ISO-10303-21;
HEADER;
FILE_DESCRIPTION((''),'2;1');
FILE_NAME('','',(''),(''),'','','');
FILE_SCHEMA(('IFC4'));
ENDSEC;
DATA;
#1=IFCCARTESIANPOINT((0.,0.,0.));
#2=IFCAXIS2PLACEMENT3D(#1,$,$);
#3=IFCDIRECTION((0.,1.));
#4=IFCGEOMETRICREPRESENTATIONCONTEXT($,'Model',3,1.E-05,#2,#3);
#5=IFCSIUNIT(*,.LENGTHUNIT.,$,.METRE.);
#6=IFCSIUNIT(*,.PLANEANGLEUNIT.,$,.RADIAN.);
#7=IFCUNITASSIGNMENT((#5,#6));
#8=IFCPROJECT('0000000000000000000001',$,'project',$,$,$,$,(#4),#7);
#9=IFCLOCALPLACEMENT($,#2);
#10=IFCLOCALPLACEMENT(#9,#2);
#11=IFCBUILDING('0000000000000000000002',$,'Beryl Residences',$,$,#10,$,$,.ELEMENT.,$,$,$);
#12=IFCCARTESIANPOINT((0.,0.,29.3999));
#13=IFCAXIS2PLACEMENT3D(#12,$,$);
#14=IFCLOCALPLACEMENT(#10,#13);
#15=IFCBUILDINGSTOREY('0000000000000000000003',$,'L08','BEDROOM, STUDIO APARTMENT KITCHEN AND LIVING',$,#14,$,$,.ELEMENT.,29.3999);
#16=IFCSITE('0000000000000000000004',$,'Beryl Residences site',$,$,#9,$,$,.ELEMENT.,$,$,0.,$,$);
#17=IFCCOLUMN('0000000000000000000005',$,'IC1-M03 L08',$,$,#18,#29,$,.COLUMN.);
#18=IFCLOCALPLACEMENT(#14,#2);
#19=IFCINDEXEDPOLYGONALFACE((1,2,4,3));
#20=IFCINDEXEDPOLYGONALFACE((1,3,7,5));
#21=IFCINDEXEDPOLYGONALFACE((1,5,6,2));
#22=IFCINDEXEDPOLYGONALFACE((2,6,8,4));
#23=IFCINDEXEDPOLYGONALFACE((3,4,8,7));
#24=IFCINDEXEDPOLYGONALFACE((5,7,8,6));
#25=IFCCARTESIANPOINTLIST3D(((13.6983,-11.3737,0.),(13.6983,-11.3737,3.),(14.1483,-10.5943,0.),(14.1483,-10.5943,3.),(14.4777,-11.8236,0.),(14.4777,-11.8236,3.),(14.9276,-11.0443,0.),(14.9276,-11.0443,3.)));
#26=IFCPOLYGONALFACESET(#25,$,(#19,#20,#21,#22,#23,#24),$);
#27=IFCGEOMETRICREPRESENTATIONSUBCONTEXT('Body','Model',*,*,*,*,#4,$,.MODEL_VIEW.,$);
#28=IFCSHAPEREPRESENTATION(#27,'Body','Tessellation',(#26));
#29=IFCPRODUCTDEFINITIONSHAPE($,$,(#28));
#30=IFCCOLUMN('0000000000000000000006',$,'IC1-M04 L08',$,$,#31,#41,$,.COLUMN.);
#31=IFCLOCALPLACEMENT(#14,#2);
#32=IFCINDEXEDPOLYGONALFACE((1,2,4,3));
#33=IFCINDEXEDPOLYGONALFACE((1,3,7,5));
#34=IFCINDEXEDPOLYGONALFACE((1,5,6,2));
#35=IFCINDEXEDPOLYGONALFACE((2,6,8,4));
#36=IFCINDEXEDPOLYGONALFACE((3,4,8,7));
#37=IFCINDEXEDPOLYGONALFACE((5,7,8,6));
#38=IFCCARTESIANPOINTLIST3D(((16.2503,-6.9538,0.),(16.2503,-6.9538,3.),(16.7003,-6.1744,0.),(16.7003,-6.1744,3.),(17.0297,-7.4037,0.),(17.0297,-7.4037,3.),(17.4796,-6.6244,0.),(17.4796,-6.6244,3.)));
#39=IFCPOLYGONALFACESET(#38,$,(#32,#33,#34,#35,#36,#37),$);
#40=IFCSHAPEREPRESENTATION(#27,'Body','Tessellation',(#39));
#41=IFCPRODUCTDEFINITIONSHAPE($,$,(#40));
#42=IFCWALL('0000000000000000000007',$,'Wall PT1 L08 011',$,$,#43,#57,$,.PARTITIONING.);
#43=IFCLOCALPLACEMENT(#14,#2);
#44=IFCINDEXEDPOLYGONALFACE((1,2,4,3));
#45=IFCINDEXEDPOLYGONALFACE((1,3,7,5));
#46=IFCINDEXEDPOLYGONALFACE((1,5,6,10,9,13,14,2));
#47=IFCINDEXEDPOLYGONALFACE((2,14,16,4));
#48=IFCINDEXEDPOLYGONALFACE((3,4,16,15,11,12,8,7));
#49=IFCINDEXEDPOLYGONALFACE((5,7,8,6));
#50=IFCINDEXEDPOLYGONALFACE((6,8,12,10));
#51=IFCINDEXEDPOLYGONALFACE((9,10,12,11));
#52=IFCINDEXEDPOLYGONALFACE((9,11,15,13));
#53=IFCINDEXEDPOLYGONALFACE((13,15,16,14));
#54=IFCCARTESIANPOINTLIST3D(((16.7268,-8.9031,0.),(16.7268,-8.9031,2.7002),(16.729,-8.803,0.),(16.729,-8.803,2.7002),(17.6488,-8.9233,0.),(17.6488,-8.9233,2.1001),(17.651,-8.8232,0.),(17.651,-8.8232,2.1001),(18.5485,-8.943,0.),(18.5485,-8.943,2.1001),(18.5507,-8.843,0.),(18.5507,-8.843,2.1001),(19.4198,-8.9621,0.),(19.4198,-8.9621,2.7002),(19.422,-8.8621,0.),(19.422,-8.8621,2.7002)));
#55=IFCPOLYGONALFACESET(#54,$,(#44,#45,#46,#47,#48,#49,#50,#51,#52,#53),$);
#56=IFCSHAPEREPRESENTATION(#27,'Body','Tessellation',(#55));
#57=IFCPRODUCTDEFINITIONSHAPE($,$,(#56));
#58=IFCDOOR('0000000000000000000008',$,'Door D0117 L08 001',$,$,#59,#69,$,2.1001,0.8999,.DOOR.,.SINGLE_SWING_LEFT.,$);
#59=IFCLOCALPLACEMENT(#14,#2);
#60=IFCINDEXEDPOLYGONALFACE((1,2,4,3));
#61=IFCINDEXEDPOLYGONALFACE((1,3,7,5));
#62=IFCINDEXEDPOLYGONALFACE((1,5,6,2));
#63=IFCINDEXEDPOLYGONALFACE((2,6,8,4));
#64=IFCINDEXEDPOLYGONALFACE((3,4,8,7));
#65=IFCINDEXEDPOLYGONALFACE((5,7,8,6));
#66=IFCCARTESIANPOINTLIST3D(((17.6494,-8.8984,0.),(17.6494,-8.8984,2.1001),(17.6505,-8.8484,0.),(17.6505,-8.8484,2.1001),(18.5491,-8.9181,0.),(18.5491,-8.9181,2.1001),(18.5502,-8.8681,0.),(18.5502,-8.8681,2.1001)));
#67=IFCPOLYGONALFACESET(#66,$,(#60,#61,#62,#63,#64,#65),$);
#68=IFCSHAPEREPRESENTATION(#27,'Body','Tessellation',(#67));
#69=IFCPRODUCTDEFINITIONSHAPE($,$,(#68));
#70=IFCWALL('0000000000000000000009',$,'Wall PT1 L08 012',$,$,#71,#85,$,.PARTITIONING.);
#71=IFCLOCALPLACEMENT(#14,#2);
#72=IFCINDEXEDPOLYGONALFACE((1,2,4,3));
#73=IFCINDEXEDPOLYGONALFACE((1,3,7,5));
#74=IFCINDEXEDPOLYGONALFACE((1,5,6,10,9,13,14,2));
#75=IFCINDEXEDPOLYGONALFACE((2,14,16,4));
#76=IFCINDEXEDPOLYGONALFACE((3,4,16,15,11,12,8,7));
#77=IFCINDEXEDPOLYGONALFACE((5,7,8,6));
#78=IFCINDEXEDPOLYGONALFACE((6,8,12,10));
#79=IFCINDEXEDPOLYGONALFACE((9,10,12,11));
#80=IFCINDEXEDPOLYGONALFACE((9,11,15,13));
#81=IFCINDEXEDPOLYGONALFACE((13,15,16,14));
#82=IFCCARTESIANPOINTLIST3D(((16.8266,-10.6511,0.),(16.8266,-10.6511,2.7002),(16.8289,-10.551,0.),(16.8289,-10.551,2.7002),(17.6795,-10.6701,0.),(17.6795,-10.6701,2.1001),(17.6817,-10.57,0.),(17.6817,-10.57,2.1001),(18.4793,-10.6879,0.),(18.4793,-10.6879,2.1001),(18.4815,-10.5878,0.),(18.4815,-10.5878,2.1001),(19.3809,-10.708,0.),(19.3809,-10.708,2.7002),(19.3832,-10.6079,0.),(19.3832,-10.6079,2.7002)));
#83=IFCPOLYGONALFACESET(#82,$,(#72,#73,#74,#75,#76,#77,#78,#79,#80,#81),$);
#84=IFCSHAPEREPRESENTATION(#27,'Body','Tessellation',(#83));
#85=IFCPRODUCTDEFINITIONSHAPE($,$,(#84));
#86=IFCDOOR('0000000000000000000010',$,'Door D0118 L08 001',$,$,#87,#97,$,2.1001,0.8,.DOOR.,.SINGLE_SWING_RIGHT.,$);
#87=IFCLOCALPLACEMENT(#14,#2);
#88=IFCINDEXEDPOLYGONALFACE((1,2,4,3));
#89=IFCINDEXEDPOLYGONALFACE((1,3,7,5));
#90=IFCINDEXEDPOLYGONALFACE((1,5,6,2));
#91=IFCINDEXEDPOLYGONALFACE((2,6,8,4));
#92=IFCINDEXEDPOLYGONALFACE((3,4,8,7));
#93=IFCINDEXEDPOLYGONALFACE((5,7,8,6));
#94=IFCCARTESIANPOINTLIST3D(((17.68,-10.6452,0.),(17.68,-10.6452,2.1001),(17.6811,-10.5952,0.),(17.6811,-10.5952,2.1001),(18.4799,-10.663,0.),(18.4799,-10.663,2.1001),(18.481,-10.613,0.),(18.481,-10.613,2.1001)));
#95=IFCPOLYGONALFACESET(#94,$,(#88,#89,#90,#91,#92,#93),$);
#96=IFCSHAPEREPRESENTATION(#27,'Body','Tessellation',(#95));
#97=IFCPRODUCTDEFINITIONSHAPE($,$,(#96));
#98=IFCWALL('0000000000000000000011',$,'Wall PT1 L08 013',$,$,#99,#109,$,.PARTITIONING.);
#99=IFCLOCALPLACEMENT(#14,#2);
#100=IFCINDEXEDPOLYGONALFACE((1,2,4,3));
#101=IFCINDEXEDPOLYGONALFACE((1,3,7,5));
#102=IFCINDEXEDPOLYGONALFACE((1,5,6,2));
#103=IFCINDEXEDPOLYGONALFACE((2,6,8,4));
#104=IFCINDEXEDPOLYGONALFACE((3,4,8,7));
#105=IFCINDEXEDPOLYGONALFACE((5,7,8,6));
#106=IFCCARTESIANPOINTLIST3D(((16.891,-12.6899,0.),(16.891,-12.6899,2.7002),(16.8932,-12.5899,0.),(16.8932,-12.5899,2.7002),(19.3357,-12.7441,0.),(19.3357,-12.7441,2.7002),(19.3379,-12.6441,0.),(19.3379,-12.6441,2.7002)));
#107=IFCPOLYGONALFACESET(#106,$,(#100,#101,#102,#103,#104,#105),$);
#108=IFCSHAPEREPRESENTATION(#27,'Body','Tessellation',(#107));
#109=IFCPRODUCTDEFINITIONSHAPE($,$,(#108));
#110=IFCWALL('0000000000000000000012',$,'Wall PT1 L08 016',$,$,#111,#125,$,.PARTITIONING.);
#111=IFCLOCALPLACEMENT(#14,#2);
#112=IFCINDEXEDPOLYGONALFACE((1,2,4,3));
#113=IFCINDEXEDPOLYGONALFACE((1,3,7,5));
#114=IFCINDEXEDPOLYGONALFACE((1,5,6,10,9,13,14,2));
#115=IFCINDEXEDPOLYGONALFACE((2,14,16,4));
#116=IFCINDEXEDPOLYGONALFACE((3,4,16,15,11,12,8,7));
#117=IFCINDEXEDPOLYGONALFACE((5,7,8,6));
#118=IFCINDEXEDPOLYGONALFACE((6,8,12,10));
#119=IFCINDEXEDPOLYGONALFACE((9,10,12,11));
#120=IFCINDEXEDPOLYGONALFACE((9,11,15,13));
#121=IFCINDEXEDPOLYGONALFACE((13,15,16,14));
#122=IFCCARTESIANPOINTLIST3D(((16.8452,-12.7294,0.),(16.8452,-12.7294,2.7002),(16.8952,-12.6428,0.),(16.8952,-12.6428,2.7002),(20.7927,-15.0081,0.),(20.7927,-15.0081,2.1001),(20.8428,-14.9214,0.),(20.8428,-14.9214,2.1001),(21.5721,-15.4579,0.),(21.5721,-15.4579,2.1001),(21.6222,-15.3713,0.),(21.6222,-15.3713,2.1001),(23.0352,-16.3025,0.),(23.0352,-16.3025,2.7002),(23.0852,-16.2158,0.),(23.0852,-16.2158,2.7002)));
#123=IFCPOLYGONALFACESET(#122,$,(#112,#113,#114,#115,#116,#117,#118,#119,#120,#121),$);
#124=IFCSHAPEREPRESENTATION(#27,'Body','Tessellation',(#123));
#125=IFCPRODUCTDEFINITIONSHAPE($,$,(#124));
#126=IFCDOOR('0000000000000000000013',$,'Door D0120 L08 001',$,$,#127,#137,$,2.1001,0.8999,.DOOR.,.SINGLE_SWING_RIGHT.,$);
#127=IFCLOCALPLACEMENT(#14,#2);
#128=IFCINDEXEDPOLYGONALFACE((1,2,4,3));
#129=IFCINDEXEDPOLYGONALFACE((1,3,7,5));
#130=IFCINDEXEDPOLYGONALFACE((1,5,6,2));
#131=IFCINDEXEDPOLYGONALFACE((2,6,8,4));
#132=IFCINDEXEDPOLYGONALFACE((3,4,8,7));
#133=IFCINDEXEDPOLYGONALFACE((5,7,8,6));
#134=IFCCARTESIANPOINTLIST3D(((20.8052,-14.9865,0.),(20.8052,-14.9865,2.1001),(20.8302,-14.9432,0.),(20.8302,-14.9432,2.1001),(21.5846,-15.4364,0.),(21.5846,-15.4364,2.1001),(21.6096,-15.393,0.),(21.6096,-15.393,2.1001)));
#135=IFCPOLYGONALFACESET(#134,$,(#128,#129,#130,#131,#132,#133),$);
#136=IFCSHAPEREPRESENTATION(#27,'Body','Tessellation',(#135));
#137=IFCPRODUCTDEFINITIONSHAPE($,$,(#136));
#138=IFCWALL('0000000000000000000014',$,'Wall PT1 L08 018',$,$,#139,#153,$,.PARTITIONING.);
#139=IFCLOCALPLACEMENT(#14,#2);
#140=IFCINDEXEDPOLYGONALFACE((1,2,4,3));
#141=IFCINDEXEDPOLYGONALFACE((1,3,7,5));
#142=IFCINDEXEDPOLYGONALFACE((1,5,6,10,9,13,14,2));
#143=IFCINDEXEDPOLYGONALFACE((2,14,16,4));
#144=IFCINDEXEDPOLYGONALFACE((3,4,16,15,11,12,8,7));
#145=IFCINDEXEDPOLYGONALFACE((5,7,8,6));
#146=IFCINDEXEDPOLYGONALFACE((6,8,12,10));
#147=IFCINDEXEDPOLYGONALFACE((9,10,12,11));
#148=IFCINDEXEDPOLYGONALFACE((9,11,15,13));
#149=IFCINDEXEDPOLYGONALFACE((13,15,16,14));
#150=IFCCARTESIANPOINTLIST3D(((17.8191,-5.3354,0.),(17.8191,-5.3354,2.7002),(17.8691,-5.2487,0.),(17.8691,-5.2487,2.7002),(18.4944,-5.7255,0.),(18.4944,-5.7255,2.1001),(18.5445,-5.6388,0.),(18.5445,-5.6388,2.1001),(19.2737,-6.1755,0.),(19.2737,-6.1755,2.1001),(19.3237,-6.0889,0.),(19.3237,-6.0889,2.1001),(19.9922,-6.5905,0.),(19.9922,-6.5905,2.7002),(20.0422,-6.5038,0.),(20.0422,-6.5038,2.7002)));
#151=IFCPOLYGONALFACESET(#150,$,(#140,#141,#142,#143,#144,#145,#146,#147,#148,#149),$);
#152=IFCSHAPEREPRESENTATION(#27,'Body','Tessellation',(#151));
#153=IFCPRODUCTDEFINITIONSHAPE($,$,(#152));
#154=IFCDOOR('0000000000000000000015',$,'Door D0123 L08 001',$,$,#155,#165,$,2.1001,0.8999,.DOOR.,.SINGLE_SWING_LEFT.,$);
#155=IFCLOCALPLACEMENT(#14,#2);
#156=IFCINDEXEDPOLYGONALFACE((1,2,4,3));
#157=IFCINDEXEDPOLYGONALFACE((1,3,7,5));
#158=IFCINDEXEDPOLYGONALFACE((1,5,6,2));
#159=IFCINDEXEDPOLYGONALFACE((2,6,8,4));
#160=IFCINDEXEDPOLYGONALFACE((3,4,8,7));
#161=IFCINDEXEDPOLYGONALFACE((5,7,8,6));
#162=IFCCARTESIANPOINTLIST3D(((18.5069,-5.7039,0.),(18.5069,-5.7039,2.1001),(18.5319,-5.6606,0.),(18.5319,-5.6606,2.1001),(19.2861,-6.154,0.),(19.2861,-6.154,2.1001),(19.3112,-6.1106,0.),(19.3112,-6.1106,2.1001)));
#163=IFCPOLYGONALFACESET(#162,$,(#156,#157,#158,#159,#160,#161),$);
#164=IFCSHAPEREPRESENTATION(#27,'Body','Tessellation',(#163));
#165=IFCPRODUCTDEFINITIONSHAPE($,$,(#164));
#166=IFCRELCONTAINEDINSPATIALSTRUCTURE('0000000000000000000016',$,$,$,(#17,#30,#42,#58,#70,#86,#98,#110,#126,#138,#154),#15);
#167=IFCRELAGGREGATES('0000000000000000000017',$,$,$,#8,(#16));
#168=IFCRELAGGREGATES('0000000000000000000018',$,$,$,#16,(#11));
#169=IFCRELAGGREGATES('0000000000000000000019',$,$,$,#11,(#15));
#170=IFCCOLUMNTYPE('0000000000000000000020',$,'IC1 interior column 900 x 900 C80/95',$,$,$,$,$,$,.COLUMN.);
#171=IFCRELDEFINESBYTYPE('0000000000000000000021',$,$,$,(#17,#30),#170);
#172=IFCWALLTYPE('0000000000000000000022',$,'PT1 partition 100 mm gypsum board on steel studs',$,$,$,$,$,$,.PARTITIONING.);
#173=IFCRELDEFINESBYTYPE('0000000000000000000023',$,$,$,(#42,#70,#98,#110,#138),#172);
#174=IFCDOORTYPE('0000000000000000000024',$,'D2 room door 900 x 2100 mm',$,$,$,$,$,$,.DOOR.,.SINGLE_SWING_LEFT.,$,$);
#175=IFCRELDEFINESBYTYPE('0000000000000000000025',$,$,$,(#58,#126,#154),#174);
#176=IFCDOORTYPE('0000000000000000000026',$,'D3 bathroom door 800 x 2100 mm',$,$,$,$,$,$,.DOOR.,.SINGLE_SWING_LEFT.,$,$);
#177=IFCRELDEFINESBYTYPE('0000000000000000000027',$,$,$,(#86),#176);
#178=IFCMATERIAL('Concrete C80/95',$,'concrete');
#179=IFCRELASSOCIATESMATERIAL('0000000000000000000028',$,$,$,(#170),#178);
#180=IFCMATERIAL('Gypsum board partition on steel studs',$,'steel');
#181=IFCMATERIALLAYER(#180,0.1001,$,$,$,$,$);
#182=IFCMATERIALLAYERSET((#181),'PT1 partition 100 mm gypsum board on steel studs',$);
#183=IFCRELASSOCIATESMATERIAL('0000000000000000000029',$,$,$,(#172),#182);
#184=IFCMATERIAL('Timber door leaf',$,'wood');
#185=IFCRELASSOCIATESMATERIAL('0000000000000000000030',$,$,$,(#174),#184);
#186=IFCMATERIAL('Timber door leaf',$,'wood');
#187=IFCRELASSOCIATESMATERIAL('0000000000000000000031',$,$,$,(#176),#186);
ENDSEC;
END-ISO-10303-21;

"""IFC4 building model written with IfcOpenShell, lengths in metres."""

from ifc_helpers import new_model, si_unit, direction, frame, frame_2d, origin, origin_2d, place, context, subcontext, project, spatial, rectangle, extrude, material, layer, layer_set, material_profile, profile_set, type_object, element, fill, save


model = new_model("IFC4")

# Units and contexts
model_context = context("Model", 3, precision=1e-05, world=origin(), true_north=direction((0.0, 1.0)))
body_context = subcontext(model_context, "Body", "Model", "MODEL_VIEW")
ifc_project = project(units=[si_unit("LENGTHUNIT", "METRE"), si_unit("PLANEANGLEUNIT", "RADIAN")], contexts=[model_context])

# Site, building, storey
site_placement = place(None, origin())
site = spatial("IfcSite", under=ifc_project, at=site_placement, Name="Beryl Residences site", CompositionType="ELEMENT", RefElevation=0.0)
building_placement = place(site_placement, origin())
building = spatial("IfcBuilding", under=site, at=building_placement, Name="Beryl Residences", CompositionType="ELEMENT")
storey_placement = place(building_placement, frame((0.0, 0.0, 29.3999)))
storey = spatial("IfcBuildingStorey", under=building, at=storey_placement, Name="L08", Description="BEDROOM, STUDIO APARTMENT KITCHEN AND LIVING", CompositionType="ELEMENT", Elevation=29.3999)

# Columns
ifc_material_1 = material(Name="Concrete C80/95", Category="concrete")
ifc_material_profile = material_profile(ifc_material_1, rectangle(XDim=0.8999, YDim=0.8999, at=origin_2d()))
ifc_profile_set = profile_set([ifc_material_profile], Name="Concrete C80/95")
column_type = type_object("IfcColumnType", Name="IC1 interior column 900 x 900 C80/95", PredefinedType="COLUMN", material=ifc_profile_set)
for number, where, z_axis, x_axis, name in (
    (1, (14.313, -11.209, 0.0), (0.0, 0.0, 1.0), (0.499985, 0.866034, 0.0), "IC1-M03 L08"),
    (2, (16.865, -6.7891, 0.0), (0.0, 0.0, 1.0), (0.499985, 0.866034, 0.0), "IC1-M04 L08"),
):
    element("IfcColumn", number, at=place(storey_placement, frame(where, z_axis=z_axis, x_axis=x_axis)), inside=storey, type_object=column_type, Name=name, PredefinedType="COLUMN", context=body_context, shape_type="SweptSolid", body=[
        extrude(rectangle(XDim=0.8999, YDim=0.8999, at=origin_2d()), origin(), (0.0, 0.0, 1.0), 3.0),
    ])

# Walls, openings, doors
ifc_material_2 = material(Name="Gypsum board partition on steel studs", Category="steel")
ifc_layer_1 = layer(ifc_material_2, 0.1001)
ifc_layer_set_1 = layer_set([ifc_layer_1], Name="PT1 partition 100 mm gypsum board on steel studs")
wall_type_1 = type_object("IfcWallType", Name="PT1 partition 100 mm gypsum board on steel studs", PredefinedType="PARTITIONING", material=ifc_layer_set_1)
wall_1_placement = place(storey_placement, frame((16.728, -8.853, 0.0), z_axis=(0.0, 0.0, 1.0), x_axis=(0.999759, -0.021935, 0.0)))
wall_1 = element("IfcWall", 3, at=wall_1_placement, inside=storey, type_object=wall_type_1, Name="Wall PT1 L08 011", PredefinedType="PARTITIONING", context=body_context, shape_type="SweptSolid", body=[
    extrude(rectangle(XDim=2.6936, YDim=0.1001, at=frame_2d((1.3467, 0.0))), origin(), (0.0, 0.0, 1.0), 2.7002),
])
opening_1_placement = place(wall_1_placement, frame((0.9221, 0.0, 0.0)))
opening_1 = element("IfcOpeningElement", 4, at=opening_1_placement, cuts=wall_1, PredefinedType="OPENING", context=body_context, shape_type="SweptSolid", body=[
    extrude(rectangle(XDim=0.8999, YDim=2.1001, at=frame_2d((0.45, 1.05))), frame((0.0, 0.0601, 0.0), z_axis=(0.0, -1.0, 0.0), x_axis=(1.0, 0.0, 0.0)), (0.0, 0.0, 1.0), 0.1201),
])
ifc_material_3 = material(Name="Timber door leaf", Category="wood")
door_type_1 = type_object("IfcDoorType", Name="D2 room door 900 x 2100 mm", OperationType="SINGLE_SWING_LEFT", PredefinedType="DOOR", material=ifc_material_3)
door_1_placement = place(opening_1_placement, origin())
door_1 = element("IfcDoor", 5, at=door_1_placement, inside=storey, type_object=door_type_1, Name="Door D0117 L08 001", OperationType="SINGLE_SWING_LEFT", OverallHeight=2.1001, OverallWidth=0.8999, PredefinedType="DOOR", context=body_context, shape_type="SweptSolid", body=[
    extrude(rectangle(XDim=0.8999, YDim=2.1001, at=frame_2d((0.45, 1.05))), frame((0.0, 0.0249, 0.0), z_axis=(0.0, -1.0, 0.0), x_axis=(1.0, 0.0, 0.0)), (0.0, 0.0, 1.0), 0.05),
])
fill(opening_1, door_1)
wall_2_placement = place(storey_placement, frame((16.8279, -10.6011, 0.0), z_axis=(0.0, 0.0, 1.0), x_axis=(0.999752, -0.022266, 0.0)))
wall_2 = element("IfcWall", 6, at=wall_2_placement, inside=storey, type_object=wall_type_1, Name="Wall PT1 L08 012", PredefinedType="PARTITIONING", context=body_context, shape_type="SweptSolid", body=[
    extrude(rectangle(XDim=2.5549, YDim=0.1001, at=frame_2d((1.2773, 0.0))), origin(), (0.0, 0.0, 1.0), 2.7002),
])
opening_2_placement = place(wall_2_placement, frame((0.853, 0.0, 0.0)))
opening_2 = element("IfcOpeningElement", 7, at=opening_2_placement, cuts=wall_2, PredefinedType="OPENING", context=body_context, shape_type="SweptSolid", body=[
    extrude(rectangle(XDim=0.8, YDim=2.1001, at=frame_2d((0.3999, 1.05))), frame((0.0, 0.0601, 0.0), z_axis=(0.0, -1.0, 0.0), x_axis=(1.0, 0.0, 0.0)), (0.0, 0.0, 1.0), 0.1201),
])
ifc_material_4 = material(Name="Timber door leaf", Category="wood")
door_type_2 = type_object("IfcDoorType", Name="D3 bathroom door 800 x 2100 mm", OperationType="SINGLE_SWING_LEFT", PredefinedType="DOOR", material=ifc_material_4)
door_2_placement = place(opening_2_placement, origin())
door_2 = element("IfcDoor", 8, at=door_2_placement, inside=storey, type_object=door_type_2, Name="Door D0118 L08 001", OperationType="SINGLE_SWING_RIGHT", OverallHeight=2.1001, OverallWidth=0.8, PredefinedType="DOOR", context=body_context, shape_type="SweptSolid", body=[
    extrude(rectangle(XDim=0.8, YDim=2.1001, at=frame_2d((0.3999, 1.05))), frame((0.0, 0.0249, 0.0), z_axis=(0.0, -1.0, 0.0), x_axis=(1.0, 0.0, 0.0)), (0.0, 0.0, 1.0), 0.05),
])
fill(opening_2, door_2)

# Wall
wall_3_placement = place(storey_placement, frame((16.8921, -12.6399, 0.0), z_axis=(0.0, 0.0, 1.0), x_axis=(0.999754, -0.022164, 0.0)))
element("IfcWall", 9, at=wall_3_placement, inside=storey, type_object=wall_type_1, Name="Wall PT1 L08 013", PredefinedType="PARTITIONING", context=body_context, shape_type="SweptSolid", body=[
    extrude(rectangle(XDim=2.4453, YDim=0.1001, at=frame_2d((1.2227, 0.0))), origin(), (0.0, 0.0, 1.0), 2.7002),
])

# Walls, openings, doors
wall_4_placement = place(storey_placement, frame((16.8701, -12.686, 0.0), z_axis=(0.0, 0.0, 1.0), x_axis=(0.866072, -0.49992, 0.0)))
wall_4 = element("IfcWall", 10, at=wall_4_placement, inside=storey, type_object=wall_type_1, Name="Wall PT1 L08 016", PredefinedType="PARTITIONING", context=body_context, shape_type="SweptSolid", body=[
    extrude(rectangle(XDim=7.1472, YDim=0.1001, at=frame_2d((3.5737, 0.0))), origin(), (0.0, 0.0, 1.0), 2.7002),
])
opening_3_placement = place(wall_4_placement, frame((4.5581, 0.0, 0.0)))
opening_3 = element("IfcOpeningElement", 11, at=opening_3_placement, cuts=wall_4, PredefinedType="OPENING", context=body_context, shape_type="SweptSolid", body=[
    extrude(rectangle(XDim=0.8999, YDim=2.1001, at=frame_2d((0.45, 1.05))), frame((0.0, 0.0601, 0.0), z_axis=(0.0, -1.0, 0.0), x_axis=(1.0, 0.0, 0.0)), (0.0, 0.0, 1.0), 0.1201),
])
door_3_placement = place(opening_3_placement, origin())
door_3 = element("IfcDoor", 12, at=door_3_placement, inside=storey, type_object=door_type_1, Name="Door D0120 L08 001", OperationType="SINGLE_SWING_RIGHT", OverallHeight=2.1001, OverallWidth=0.8999, PredefinedType="DOOR", context=body_context, shape_type="SweptSolid", body=[
    extrude(rectangle(XDim=0.8999, YDim=2.1001, at=frame_2d((0.45, 1.05))), frame((0.0, 0.0249, 0.0), z_axis=(0.0, -1.0, 0.0), x_axis=(1.0, 0.0, 0.0)), (0.0, 0.0, 1.0), 0.05),
])
fill(opening_3, door_3)
wall_5_placement = place(storey_placement, frame((17.844, -5.292, 0.0), z_axis=(0.0, 0.0, 1.0), x_axis=(0.865941, -0.500146, 0.0)))
wall_5 = element("IfcWall", 13, at=wall_5_placement, inside=storey, type_object=wall_type_1, Name="Wall PT1 L08 018", PredefinedType="PARTITIONING", context=body_context, shape_type="SweptSolid", body=[
    extrude(rectangle(XDim=2.5095, YDim=0.1001, at=frame_2d((1.2549, 0.0))), origin(), (0.0, 0.0, 1.0), 2.7002),
])
opening_4_placement = place(wall_5_placement, frame((0.78, 0.0, 0.0)))
opening_4 = element("IfcOpeningElement", 14, at=opening_4_placement, cuts=wall_5, PredefinedType="OPENING", context=body_context, shape_type="SweptSolid", body=[
    extrude(rectangle(XDim=0.8999, YDim=2.1001, at=frame_2d((0.45, 1.05))), frame((0.0, 0.0601, 0.0), z_axis=(0.0, -1.0, 0.0), x_axis=(1.0, 0.0, 0.0)), (0.0, 0.0, 1.0), 0.1201),
])
door_4_placement = place(opening_4_placement, origin())
door_4 = element("IfcDoor", 15, at=door_4_placement, inside=storey, type_object=door_type_1, Name="Door D0123 L08 001", OperationType="SINGLE_SWING_LEFT", OverallHeight=2.1001, OverallWidth=0.8999, PredefinedType="DOOR", context=body_context, shape_type="SweptSolid", body=[
    extrude(rectangle(XDim=0.8999, YDim=2.1001, at=frame_2d((0.45, 1.05))), frame((0.0, 0.0249, 0.0), z_axis=(0.0, -1.0, 0.0), x_axis=(1.0, 0.0, 0.0)), (0.0, 0.0, 1.0), 0.05),
])
fill(opening_4, door_4)

save(model, "model.ifc")
